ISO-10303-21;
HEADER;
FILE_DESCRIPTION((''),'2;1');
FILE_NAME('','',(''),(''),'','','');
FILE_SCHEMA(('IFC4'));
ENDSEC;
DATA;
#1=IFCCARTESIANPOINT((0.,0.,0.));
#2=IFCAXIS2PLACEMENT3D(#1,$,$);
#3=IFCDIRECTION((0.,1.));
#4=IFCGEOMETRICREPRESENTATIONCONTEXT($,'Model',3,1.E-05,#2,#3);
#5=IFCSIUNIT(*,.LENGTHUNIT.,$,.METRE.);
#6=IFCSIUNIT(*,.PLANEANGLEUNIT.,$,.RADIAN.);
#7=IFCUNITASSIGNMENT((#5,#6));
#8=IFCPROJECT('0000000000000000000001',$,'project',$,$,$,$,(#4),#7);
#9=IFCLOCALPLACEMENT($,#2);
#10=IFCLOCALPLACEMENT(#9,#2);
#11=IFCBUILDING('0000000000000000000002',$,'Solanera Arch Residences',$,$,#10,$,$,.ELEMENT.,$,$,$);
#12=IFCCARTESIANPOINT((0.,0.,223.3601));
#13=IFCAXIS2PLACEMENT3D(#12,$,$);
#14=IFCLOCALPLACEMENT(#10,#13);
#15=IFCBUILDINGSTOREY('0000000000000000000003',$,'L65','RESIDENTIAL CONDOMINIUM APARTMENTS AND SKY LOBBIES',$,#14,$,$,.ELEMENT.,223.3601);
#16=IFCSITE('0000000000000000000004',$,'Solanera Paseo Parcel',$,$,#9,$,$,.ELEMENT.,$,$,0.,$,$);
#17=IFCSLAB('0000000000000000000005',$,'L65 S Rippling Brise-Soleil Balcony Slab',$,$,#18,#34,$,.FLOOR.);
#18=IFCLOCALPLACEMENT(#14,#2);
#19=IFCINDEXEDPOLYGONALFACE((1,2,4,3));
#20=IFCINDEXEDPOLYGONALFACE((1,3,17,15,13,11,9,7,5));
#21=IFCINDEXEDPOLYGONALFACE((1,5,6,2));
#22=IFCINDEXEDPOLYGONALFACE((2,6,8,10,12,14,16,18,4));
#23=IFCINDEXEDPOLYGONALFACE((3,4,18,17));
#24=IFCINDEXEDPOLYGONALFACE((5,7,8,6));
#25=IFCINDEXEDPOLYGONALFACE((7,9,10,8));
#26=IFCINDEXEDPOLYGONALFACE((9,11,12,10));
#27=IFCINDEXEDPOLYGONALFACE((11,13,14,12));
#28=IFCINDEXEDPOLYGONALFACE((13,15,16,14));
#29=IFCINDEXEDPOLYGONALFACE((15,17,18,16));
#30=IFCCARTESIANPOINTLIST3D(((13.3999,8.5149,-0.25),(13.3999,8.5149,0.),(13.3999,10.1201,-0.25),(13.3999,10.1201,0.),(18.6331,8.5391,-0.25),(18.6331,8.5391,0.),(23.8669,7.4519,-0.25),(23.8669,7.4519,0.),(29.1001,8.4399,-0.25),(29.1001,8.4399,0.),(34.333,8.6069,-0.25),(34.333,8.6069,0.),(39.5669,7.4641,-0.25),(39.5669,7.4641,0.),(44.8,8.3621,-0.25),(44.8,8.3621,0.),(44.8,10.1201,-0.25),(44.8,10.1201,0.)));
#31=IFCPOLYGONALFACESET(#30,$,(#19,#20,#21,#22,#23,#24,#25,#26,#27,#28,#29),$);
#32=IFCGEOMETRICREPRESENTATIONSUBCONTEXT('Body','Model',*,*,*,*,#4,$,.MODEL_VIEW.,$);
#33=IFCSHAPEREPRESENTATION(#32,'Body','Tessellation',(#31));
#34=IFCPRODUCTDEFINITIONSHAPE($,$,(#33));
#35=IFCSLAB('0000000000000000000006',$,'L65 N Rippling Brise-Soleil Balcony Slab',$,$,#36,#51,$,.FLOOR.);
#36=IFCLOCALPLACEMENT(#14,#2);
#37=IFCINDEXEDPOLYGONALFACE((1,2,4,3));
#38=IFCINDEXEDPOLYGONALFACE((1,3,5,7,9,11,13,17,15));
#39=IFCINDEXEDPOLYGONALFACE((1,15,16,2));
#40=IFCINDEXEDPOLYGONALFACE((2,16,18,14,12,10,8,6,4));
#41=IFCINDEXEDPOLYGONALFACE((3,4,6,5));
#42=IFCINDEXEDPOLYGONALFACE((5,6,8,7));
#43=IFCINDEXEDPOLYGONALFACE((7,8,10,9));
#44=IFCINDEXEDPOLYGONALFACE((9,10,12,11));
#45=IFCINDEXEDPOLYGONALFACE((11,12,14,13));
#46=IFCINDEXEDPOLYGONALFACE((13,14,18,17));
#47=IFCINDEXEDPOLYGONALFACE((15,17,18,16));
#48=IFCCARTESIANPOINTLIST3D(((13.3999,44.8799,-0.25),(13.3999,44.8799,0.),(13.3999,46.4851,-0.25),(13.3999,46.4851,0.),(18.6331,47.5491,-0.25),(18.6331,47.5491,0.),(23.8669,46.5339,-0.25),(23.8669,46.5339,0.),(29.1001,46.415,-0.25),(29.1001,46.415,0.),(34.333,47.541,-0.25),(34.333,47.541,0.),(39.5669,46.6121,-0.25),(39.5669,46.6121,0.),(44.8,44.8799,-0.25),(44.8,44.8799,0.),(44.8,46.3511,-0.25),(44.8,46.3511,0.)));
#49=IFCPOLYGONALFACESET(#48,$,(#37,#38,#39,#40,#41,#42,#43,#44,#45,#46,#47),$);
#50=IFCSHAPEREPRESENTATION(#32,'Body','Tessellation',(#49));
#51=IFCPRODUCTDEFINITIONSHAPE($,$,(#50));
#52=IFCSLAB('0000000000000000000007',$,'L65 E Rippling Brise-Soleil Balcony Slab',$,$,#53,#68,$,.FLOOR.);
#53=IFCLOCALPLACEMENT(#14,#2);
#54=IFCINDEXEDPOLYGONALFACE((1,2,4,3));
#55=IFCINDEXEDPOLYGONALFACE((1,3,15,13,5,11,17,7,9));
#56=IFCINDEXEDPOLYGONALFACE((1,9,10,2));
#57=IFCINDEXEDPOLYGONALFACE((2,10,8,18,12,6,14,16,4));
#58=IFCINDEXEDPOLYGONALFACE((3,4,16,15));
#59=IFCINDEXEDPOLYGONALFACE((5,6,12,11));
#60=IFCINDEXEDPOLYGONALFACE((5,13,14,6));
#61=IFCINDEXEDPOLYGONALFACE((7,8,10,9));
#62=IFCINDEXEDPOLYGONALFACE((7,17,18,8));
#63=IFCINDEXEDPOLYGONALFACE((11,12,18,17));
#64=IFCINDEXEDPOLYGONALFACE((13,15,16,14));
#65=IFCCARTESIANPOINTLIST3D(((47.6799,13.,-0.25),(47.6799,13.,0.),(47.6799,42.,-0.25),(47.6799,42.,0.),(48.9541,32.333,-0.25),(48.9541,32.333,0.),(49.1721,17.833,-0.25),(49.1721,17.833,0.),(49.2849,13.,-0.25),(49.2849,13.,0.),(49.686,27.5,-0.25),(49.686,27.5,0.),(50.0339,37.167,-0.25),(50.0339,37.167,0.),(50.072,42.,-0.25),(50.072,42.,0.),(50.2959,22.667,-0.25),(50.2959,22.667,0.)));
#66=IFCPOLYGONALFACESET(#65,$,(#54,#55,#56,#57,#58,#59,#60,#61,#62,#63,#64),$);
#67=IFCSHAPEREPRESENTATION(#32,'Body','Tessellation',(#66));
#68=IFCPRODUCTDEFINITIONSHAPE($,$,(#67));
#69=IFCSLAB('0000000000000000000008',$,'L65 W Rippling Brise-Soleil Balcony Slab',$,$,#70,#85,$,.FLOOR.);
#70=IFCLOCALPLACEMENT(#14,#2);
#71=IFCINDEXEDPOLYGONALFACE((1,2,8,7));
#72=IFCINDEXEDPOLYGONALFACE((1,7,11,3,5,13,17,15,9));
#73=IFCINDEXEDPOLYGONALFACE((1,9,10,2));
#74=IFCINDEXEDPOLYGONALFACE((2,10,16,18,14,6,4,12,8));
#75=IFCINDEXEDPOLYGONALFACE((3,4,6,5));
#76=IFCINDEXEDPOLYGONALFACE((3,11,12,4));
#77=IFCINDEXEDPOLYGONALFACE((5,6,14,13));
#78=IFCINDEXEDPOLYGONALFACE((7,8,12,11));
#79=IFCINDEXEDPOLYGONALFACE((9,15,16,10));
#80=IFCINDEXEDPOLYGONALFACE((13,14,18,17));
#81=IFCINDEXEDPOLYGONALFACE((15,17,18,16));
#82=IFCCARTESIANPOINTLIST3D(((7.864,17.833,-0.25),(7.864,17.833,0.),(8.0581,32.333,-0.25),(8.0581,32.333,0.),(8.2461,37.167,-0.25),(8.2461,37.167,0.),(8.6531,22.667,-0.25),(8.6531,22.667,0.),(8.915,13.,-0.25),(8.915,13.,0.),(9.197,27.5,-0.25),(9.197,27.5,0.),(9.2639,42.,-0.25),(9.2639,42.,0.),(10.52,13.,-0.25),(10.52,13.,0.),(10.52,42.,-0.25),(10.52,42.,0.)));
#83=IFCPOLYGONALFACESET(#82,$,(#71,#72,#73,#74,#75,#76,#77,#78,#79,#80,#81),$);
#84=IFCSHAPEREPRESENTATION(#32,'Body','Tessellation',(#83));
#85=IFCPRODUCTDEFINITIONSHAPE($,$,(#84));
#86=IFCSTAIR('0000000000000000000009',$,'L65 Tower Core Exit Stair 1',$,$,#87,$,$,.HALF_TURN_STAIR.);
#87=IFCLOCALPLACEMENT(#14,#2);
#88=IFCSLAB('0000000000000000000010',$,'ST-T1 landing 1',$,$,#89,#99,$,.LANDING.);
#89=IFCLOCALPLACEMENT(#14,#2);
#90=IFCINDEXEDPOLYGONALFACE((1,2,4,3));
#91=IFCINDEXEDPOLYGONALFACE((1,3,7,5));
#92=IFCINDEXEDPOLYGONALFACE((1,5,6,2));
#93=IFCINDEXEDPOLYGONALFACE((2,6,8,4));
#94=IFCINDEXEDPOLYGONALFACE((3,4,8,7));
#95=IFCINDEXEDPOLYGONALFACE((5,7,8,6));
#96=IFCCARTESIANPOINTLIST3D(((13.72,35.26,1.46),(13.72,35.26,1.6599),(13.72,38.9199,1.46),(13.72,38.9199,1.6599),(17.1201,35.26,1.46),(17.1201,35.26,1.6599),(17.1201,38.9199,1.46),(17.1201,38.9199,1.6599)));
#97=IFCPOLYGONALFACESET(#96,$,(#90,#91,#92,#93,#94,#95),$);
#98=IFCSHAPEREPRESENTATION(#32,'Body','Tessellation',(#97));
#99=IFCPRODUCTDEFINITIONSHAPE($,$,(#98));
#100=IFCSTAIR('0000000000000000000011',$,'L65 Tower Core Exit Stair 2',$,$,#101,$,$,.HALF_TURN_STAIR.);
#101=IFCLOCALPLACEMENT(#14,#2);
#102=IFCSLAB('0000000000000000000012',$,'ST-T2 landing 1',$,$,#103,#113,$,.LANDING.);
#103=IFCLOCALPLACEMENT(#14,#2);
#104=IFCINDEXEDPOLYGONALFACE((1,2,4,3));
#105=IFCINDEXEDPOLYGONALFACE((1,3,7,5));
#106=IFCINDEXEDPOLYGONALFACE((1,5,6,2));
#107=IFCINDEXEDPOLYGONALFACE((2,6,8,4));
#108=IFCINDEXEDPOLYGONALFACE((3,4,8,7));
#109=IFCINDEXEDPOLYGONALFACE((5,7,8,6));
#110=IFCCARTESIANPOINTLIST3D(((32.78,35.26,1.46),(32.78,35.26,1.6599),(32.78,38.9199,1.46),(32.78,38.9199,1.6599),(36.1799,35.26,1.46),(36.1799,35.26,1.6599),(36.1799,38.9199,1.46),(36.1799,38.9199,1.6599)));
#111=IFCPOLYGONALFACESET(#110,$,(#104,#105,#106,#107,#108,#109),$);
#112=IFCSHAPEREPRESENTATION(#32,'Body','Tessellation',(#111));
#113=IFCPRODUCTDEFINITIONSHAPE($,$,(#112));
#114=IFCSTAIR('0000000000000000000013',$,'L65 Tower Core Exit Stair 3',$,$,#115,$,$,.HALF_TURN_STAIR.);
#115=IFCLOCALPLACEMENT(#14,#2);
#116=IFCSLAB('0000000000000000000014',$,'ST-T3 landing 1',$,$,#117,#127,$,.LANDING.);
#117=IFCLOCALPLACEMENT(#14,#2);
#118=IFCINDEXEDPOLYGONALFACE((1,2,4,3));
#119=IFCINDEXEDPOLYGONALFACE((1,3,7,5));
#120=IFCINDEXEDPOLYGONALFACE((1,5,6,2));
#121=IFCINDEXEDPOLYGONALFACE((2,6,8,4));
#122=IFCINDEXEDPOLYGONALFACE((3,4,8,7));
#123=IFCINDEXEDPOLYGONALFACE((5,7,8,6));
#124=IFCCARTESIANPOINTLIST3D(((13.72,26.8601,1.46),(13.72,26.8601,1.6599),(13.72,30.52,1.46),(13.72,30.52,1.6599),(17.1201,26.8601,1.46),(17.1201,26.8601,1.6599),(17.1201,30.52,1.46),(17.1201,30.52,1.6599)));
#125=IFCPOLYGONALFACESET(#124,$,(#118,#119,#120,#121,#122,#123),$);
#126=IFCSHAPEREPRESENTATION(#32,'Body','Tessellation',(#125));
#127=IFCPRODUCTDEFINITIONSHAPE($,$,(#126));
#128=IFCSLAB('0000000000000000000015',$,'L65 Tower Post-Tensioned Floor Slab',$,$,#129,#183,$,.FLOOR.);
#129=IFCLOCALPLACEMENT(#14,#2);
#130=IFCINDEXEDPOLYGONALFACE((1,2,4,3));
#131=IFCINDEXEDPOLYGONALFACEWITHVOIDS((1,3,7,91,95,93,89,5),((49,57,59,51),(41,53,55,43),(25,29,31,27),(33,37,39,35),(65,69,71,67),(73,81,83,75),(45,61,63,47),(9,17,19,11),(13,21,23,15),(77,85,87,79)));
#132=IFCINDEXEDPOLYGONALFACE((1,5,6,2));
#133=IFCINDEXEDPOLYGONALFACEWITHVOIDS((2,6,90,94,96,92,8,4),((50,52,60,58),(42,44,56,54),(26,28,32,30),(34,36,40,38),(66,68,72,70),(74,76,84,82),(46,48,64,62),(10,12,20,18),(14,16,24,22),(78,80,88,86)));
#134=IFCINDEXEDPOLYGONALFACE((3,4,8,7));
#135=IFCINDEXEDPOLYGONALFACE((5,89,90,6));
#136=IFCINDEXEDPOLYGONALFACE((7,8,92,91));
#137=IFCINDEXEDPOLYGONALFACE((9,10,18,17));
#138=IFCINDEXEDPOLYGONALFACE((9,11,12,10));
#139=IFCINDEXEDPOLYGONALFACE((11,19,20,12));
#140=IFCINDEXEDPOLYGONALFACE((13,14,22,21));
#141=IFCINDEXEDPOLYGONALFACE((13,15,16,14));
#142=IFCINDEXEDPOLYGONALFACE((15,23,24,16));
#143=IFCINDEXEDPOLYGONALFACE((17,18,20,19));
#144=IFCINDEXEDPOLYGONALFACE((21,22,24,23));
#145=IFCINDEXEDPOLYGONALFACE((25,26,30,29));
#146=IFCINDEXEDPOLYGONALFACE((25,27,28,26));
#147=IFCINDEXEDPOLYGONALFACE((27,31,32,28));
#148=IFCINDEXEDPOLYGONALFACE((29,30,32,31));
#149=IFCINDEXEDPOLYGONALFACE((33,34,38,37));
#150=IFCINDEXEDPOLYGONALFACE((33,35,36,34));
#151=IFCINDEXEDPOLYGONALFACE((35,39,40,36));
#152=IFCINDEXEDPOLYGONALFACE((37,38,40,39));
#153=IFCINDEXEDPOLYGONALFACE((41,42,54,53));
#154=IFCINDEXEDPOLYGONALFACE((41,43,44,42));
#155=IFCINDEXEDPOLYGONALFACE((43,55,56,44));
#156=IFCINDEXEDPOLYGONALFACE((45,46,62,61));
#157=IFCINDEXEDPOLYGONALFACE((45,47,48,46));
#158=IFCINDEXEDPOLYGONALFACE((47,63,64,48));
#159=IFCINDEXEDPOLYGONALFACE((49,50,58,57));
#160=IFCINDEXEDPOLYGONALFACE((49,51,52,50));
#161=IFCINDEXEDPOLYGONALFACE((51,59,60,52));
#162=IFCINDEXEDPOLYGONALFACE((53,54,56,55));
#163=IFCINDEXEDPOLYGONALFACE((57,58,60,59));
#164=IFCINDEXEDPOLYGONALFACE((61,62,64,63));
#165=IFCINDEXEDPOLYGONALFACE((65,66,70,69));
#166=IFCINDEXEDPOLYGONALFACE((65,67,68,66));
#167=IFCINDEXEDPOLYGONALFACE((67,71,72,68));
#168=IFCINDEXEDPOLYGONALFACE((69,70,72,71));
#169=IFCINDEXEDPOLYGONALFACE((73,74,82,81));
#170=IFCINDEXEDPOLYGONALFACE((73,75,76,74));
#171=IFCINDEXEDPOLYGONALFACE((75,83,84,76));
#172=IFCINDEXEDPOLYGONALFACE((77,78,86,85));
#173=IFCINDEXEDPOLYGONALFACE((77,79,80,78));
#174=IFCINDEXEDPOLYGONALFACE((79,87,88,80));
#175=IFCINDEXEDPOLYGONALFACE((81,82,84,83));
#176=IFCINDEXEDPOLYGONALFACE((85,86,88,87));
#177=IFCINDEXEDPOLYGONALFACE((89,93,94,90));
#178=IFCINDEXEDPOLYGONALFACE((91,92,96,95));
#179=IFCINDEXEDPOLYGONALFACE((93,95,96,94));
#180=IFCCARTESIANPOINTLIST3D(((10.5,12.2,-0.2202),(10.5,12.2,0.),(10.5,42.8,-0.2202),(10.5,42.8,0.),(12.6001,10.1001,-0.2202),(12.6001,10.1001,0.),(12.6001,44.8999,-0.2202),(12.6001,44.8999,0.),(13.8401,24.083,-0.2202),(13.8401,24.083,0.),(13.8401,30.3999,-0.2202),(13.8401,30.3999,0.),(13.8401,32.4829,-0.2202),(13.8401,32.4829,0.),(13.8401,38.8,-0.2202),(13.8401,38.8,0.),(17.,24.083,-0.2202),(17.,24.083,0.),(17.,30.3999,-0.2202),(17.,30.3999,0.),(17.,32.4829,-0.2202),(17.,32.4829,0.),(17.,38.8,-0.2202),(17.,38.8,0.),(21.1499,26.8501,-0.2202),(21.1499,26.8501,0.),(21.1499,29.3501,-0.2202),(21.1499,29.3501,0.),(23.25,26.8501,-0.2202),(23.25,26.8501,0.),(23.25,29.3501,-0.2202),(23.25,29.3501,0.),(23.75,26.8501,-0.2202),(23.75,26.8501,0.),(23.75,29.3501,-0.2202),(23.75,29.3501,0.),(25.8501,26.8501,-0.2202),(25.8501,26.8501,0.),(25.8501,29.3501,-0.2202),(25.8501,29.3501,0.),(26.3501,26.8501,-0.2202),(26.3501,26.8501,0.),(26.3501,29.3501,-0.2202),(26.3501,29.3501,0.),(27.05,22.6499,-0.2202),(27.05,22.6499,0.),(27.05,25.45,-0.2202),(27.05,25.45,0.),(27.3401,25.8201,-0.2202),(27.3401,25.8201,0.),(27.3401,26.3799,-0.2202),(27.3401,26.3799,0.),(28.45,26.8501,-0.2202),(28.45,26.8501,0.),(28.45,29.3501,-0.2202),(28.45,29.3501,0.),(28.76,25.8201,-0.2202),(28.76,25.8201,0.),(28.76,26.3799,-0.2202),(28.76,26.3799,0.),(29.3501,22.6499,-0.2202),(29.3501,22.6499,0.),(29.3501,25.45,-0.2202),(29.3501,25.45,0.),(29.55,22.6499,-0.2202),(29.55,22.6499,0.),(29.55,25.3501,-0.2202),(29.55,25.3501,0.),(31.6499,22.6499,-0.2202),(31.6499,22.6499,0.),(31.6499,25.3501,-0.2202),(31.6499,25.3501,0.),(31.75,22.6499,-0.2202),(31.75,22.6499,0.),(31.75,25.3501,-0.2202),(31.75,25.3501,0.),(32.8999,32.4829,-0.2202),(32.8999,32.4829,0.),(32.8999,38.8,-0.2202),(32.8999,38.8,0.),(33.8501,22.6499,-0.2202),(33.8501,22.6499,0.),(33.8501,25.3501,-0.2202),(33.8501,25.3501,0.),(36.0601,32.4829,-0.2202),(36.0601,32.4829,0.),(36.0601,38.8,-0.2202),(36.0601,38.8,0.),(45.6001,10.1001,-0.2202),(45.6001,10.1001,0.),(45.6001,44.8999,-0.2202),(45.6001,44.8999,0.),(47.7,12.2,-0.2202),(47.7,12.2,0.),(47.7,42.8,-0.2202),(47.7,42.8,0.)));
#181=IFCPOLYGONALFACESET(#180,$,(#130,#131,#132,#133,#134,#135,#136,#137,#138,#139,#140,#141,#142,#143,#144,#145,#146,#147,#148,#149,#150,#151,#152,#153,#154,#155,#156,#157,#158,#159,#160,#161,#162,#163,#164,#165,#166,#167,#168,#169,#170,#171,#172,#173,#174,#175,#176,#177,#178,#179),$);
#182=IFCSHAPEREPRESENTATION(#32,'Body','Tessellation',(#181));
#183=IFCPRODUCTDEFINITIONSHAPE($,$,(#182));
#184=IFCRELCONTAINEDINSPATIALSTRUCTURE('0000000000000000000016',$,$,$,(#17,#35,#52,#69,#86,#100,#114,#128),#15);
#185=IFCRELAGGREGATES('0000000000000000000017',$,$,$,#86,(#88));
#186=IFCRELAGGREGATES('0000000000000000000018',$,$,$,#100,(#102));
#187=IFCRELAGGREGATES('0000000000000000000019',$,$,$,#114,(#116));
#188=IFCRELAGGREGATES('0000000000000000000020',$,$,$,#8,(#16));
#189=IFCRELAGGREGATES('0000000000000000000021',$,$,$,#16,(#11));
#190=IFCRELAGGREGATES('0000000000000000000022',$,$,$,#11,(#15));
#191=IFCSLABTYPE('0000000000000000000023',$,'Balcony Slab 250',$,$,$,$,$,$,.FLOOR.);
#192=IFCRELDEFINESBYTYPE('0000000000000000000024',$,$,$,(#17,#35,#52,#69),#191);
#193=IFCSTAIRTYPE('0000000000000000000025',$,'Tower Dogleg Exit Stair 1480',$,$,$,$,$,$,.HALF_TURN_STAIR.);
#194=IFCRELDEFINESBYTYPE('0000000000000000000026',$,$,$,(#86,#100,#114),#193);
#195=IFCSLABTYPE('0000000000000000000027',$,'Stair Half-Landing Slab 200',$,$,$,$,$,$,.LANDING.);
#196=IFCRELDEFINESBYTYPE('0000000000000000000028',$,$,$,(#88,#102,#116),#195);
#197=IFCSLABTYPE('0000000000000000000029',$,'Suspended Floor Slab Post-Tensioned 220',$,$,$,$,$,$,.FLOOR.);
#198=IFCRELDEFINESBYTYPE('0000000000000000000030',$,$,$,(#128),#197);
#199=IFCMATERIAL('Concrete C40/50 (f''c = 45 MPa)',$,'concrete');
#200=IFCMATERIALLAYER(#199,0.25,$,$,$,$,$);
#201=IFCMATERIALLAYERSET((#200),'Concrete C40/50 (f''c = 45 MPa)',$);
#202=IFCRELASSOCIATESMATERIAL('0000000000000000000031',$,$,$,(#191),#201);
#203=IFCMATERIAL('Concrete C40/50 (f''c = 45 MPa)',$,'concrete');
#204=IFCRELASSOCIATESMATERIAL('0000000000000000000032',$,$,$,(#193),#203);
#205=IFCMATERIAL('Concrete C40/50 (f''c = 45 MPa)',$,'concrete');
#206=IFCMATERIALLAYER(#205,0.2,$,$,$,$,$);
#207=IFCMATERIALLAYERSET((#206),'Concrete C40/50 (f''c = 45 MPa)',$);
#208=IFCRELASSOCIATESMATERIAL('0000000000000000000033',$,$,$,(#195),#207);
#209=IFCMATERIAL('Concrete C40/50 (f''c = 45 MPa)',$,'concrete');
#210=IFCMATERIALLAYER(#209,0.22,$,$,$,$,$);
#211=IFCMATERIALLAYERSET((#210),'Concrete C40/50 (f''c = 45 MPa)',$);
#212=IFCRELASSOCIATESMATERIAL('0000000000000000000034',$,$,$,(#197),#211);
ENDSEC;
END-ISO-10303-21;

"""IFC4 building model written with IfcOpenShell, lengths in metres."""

from ifc_helpers import new_model, si_unit, direction, frame, origin, place, context, subcontext, project, spatial, polyline, outline, extrude, material, layer, layer_set, type_object, element, aggregate, save


model = new_model("IFC4")

# Units and contexts
model_context = context("Model", 3, precision=1e-05, world=origin(), true_north=direction((0.0, 1.0)))
body_context = subcontext(model_context, "Body", "Model", "MODEL_VIEW")
ifc_project = project(units=[si_unit("LENGTHUNIT", "METRE"), si_unit("PLANEANGLEUNIT", "RADIAN")], contexts=[model_context])

# Site, building, storey
site_placement = place(None, origin())
site = spatial("IfcSite", under=ifc_project, at=site_placement, Name="Solanera Paseo Parcel", CompositionType="ELEMENT", RefElevation=0.0)
building_placement = place(site_placement, origin())
building = spatial("IfcBuilding", under=site, at=building_placement, Name="Solanera Arch Residences", CompositionType="ELEMENT")
storey_placement = place(building_placement, frame((0.0, 0.0, 223.3601)))
storey = spatial("IfcBuildingStorey", under=building, at=storey_placement, Name="L65", Description="RESIDENTIAL CONDOMINIUM APARTMENTS AND SKY LOBBIES", CompositionType="ELEMENT", Elevation=223.3601)

# Slabs
ifc_material_1 = material(Name="Concrete C40/50 (f'c = 45 MPa)", Category="concrete")
ifc_layer_1 = layer(ifc_material_1, 0.25)
ifc_layer_set_1 = layer_set([ifc_layer_1], Name="Concrete C40/50 (f'c = 45 MPa)")
slab_type_1 = type_object("IfcSlabType", Name="Balcony Slab 250", PredefinedType="FLOOR", material=ifc_layer_set_1)
slab_1_placement = place(storey_placement, frame((0.0, 0.0, -0.25)))
element("IfcSlab", 1, at=slab_1_placement, inside=storey, type_object=slab_type_1, Name="L65 S Rippling Brise-Soleil Balcony Slab", PredefinedType="FLOOR", context=body_context, shape_type="SweptSolid", body=[
    extrude(outline(polyline([(13.3999, 8.5149), (18.6331, 8.5391), (23.8669, 7.4519), (29.1001, 8.4399), (34.333, 8.6069), (39.5669, 7.4641), (44.8, 8.3621), (44.8, 10.1201), (13.3999, 10.1201), (13.3999, 8.5149)])), origin(), (0.0, 0.0, 1.0), 0.25),
])
slab_2_placement = place(storey_placement, frame((0.0, 0.0, -0.25)))
element("IfcSlab", 2, at=slab_2_placement, inside=storey, type_object=slab_type_1, Name="L65 N Rippling Brise-Soleil Balcony Slab", PredefinedType="FLOOR", context=body_context, shape_type="SweptSolid", body=[
    extrude(outline(polyline([(44.8, 46.3511), (39.5669, 46.6121), (34.333, 47.541), (29.1001, 46.415), (23.8669, 46.5339), (18.6331, 47.5491), (13.3999, 46.4851), (13.3999, 44.8799), (44.8, 44.8799), (44.8, 46.3511)])), origin(), (0.0, 0.0, 1.0), 0.25),
])
slab_3_placement = place(storey_placement, frame((0.0, 0.0, -0.25)))
element("IfcSlab", 3, at=slab_3_placement, inside=storey, type_object=slab_type_1, Name="L65 E Rippling Brise-Soleil Balcony Slab", PredefinedType="FLOOR", context=body_context, shape_type="SweptSolid", body=[
    extrude(outline(polyline([(49.2849, 13.0), (49.1721, 17.833), (50.2959, 22.667), (49.686, 27.5), (48.9541, 32.333), (50.0339, 37.167), (50.072, 42.0), (47.6799, 42.0), (47.6799, 13.0), (49.2849, 13.0)])), origin(), (0.0, 0.0, 1.0), 0.25),
])
slab_4_placement = place(storey_placement, frame((0.0, 0.0, -0.25)))
element("IfcSlab", 4, at=slab_4_placement, inside=storey, type_object=slab_type_1, Name="L65 W Rippling Brise-Soleil Balcony Slab", PredefinedType="FLOOR", context=body_context, shape_type="SweptSolid", body=[
    extrude(outline(polyline([(9.2639, 42.0), (8.2461, 37.167), (8.0581, 32.333), (9.197, 27.5), (8.6531, 22.667), (7.864, 17.833), (8.915, 13.0), (10.52, 13.0), (10.52, 42.0), (9.2639, 42.0)])), origin(), (0.0, 0.0, 1.0), 0.25),
])

# Stairs, slabs
ifc_material_2 = material(Name="Concrete C40/50 (f'c = 45 MPa)", Category="concrete")
stair_type = type_object("IfcStairType", Name="Tower Dogleg Exit Stair 1480", PredefinedType="HALF_TURN_STAIR", material=ifc_material_2)
stair_1_placement = place(storey_placement, origin())
stair_1 = element("IfcStair", 5, at=stair_1_placement, inside=storey, type_object=stair_type, Name="L65 Tower Core Exit Stair 1", PredefinedType="HALF_TURN_STAIR")
ifc_material_3 = material(Name="Concrete C40/50 (f'c = 45 MPa)", Category="concrete")
ifc_layer_2 = layer(ifc_material_3, 0.2)
ifc_layer_set_2 = layer_set([ifc_layer_2], Name="Concrete C40/50 (f'c = 45 MPa)")
slab_type_2 = type_object("IfcSlabType", Name="Stair Half-Landing Slab 200", PredefinedType="LANDING", material=ifc_layer_set_2)
slab_5_placement = place(storey_placement, frame((0.0, 0.0, 1.46)))
slab_5 = element("IfcSlab", 6, at=slab_5_placement, type_object=slab_type_2, Name="ST-T1 landing 1", PredefinedType="LANDING", context=body_context, shape_type="SweptSolid", body=[
    extrude(outline(polyline([(17.1201, 35.26), (17.1201, 38.9199), (13.72, 38.9199), (13.72, 35.26), (17.1201, 35.26)])), origin(), (0.0, 0.0, 1.0), 0.2),
])
aggregate(stair_1, [slab_5])
stair_2_placement = place(storey_placement, origin())
stair_2 = element("IfcStair", 7, at=stair_2_placement, inside=storey, type_object=stair_type, Name="L65 Tower Core Exit Stair 2", PredefinedType="HALF_TURN_STAIR")
slab_6_placement = place(storey_placement, frame((0.0, 0.0, 1.46)))
slab_6 = element("IfcSlab", 8, at=slab_6_placement, type_object=slab_type_2, Name="ST-T2 landing 1", PredefinedType="LANDING", context=body_context, shape_type="SweptSolid", body=[
    extrude(outline(polyline([(36.1799, 35.26), (36.1799, 38.9199), (32.78, 38.9199), (32.78, 35.26), (36.1799, 35.26)])), origin(), (0.0, 0.0, 1.0), 0.2),
])
aggregate(stair_2, [slab_6])
stair_3_placement = place(storey_placement, origin())
stair_3 = element("IfcStair", 9, at=stair_3_placement, inside=storey, type_object=stair_type, Name="L65 Tower Core Exit Stair 3", PredefinedType="HALF_TURN_STAIR")
slab_7_placement = place(storey_placement, frame((0.0, 0.0, 1.46)))
slab_7 = element("IfcSlab", 10, at=slab_7_placement, type_object=slab_type_2, Name="ST-T3 landing 1", PredefinedType="LANDING", context=body_context, shape_type="SweptSolid", body=[
    extrude(outline(polyline([(17.1201, 26.8601), (17.1201, 30.52), (13.72, 30.52), (13.72, 26.8601), (17.1201, 26.8601)])), origin(), (0.0, 0.0, 1.0), 0.2),
])
aggregate(stair_3, [slab_7])

# Slab
ifc_material_4 = material(Name="Concrete C40/50 (f'c = 45 MPa)", Category="concrete")
ifc_layer_3 = layer(ifc_material_4, 0.22)
ifc_layer_set_3 = layer_set([ifc_layer_3], Name="Concrete C40/50 (f'c = 45 MPa)")
slab_type_3 = type_object("IfcSlabType", Name="Suspended Floor Slab Post-Tensioned 220", PredefinedType="FLOOR", material=ifc_layer_set_3)
slab_8_placement = place(storey_placement, frame((0.0, 0.0, -0.2202)))
element("IfcSlab", 11, at=slab_8_placement, inside=storey, type_object=slab_type_3, Name="L65 Tower Post-Tensioned Floor Slab", PredefinedType="FLOOR", context=body_context, shape_type="SweptSolid", body=[
    extrude(outline(polyline([(12.6001, 10.1001), (45.6001, 10.1001), (47.7, 12.2), (47.7, 42.8), (45.6001, 44.8999), (12.6001, 44.8999), (10.5, 42.8), (10.5, 12.2), (12.6001, 10.1001)]), holes=[polyline([(13.8401, 32.4829), (13.8401, 38.8), (17.0, 38.8), (17.0, 32.4829), (13.8401, 32.4829)]), polyline([(32.8999, 32.4829), (32.8999, 38.8), (36.0601, 38.8), (36.0601, 32.4829), (32.8999, 32.4829)]), polyline([(13.8401, 24.083), (13.8401, 30.3999), (17.0, 30.3999), (17.0, 24.083), (13.8401, 24.083)]), polyline([(21.1499, 29.3501), (23.25, 29.3501), (23.25, 26.8501), (21.1499, 26.8501), (21.1499, 29.3501)]), polyline([(23.75, 29.3501), (25.8501, 29.3501), (25.8501, 26.8501), (23.75, 26.8501), (23.75, 29.3501)]), polyline([(26.3501, 29.3501), (28.45, 29.3501), (28.45, 26.8501), (26.3501, 26.8501), (26.3501, 29.3501)]), polyline([(29.55, 25.3501), (31.6499, 25.3501), (31.6499, 22.6499), (29.55, 22.6499), (29.55, 25.3501)]), polyline([(31.75, 25.3501), (33.8501, 25.3501), (33.8501, 22.6499), (31.75, 22.6499), (31.75, 25.3501)]), polyline([(27.05, 25.45), (29.3501, 25.45), (29.3501, 22.6499), (27.05, 22.6499), (27.05, 25.45)]), polyline([(27.3401, 26.3799), (28.76, 26.3799), (28.76, 25.8201), (27.3401, 25.8201), (27.3401, 26.3799)])]), origin(), (0.0, 0.0, 1.0), 0.2202),
])

save(model, "model.ifc")
